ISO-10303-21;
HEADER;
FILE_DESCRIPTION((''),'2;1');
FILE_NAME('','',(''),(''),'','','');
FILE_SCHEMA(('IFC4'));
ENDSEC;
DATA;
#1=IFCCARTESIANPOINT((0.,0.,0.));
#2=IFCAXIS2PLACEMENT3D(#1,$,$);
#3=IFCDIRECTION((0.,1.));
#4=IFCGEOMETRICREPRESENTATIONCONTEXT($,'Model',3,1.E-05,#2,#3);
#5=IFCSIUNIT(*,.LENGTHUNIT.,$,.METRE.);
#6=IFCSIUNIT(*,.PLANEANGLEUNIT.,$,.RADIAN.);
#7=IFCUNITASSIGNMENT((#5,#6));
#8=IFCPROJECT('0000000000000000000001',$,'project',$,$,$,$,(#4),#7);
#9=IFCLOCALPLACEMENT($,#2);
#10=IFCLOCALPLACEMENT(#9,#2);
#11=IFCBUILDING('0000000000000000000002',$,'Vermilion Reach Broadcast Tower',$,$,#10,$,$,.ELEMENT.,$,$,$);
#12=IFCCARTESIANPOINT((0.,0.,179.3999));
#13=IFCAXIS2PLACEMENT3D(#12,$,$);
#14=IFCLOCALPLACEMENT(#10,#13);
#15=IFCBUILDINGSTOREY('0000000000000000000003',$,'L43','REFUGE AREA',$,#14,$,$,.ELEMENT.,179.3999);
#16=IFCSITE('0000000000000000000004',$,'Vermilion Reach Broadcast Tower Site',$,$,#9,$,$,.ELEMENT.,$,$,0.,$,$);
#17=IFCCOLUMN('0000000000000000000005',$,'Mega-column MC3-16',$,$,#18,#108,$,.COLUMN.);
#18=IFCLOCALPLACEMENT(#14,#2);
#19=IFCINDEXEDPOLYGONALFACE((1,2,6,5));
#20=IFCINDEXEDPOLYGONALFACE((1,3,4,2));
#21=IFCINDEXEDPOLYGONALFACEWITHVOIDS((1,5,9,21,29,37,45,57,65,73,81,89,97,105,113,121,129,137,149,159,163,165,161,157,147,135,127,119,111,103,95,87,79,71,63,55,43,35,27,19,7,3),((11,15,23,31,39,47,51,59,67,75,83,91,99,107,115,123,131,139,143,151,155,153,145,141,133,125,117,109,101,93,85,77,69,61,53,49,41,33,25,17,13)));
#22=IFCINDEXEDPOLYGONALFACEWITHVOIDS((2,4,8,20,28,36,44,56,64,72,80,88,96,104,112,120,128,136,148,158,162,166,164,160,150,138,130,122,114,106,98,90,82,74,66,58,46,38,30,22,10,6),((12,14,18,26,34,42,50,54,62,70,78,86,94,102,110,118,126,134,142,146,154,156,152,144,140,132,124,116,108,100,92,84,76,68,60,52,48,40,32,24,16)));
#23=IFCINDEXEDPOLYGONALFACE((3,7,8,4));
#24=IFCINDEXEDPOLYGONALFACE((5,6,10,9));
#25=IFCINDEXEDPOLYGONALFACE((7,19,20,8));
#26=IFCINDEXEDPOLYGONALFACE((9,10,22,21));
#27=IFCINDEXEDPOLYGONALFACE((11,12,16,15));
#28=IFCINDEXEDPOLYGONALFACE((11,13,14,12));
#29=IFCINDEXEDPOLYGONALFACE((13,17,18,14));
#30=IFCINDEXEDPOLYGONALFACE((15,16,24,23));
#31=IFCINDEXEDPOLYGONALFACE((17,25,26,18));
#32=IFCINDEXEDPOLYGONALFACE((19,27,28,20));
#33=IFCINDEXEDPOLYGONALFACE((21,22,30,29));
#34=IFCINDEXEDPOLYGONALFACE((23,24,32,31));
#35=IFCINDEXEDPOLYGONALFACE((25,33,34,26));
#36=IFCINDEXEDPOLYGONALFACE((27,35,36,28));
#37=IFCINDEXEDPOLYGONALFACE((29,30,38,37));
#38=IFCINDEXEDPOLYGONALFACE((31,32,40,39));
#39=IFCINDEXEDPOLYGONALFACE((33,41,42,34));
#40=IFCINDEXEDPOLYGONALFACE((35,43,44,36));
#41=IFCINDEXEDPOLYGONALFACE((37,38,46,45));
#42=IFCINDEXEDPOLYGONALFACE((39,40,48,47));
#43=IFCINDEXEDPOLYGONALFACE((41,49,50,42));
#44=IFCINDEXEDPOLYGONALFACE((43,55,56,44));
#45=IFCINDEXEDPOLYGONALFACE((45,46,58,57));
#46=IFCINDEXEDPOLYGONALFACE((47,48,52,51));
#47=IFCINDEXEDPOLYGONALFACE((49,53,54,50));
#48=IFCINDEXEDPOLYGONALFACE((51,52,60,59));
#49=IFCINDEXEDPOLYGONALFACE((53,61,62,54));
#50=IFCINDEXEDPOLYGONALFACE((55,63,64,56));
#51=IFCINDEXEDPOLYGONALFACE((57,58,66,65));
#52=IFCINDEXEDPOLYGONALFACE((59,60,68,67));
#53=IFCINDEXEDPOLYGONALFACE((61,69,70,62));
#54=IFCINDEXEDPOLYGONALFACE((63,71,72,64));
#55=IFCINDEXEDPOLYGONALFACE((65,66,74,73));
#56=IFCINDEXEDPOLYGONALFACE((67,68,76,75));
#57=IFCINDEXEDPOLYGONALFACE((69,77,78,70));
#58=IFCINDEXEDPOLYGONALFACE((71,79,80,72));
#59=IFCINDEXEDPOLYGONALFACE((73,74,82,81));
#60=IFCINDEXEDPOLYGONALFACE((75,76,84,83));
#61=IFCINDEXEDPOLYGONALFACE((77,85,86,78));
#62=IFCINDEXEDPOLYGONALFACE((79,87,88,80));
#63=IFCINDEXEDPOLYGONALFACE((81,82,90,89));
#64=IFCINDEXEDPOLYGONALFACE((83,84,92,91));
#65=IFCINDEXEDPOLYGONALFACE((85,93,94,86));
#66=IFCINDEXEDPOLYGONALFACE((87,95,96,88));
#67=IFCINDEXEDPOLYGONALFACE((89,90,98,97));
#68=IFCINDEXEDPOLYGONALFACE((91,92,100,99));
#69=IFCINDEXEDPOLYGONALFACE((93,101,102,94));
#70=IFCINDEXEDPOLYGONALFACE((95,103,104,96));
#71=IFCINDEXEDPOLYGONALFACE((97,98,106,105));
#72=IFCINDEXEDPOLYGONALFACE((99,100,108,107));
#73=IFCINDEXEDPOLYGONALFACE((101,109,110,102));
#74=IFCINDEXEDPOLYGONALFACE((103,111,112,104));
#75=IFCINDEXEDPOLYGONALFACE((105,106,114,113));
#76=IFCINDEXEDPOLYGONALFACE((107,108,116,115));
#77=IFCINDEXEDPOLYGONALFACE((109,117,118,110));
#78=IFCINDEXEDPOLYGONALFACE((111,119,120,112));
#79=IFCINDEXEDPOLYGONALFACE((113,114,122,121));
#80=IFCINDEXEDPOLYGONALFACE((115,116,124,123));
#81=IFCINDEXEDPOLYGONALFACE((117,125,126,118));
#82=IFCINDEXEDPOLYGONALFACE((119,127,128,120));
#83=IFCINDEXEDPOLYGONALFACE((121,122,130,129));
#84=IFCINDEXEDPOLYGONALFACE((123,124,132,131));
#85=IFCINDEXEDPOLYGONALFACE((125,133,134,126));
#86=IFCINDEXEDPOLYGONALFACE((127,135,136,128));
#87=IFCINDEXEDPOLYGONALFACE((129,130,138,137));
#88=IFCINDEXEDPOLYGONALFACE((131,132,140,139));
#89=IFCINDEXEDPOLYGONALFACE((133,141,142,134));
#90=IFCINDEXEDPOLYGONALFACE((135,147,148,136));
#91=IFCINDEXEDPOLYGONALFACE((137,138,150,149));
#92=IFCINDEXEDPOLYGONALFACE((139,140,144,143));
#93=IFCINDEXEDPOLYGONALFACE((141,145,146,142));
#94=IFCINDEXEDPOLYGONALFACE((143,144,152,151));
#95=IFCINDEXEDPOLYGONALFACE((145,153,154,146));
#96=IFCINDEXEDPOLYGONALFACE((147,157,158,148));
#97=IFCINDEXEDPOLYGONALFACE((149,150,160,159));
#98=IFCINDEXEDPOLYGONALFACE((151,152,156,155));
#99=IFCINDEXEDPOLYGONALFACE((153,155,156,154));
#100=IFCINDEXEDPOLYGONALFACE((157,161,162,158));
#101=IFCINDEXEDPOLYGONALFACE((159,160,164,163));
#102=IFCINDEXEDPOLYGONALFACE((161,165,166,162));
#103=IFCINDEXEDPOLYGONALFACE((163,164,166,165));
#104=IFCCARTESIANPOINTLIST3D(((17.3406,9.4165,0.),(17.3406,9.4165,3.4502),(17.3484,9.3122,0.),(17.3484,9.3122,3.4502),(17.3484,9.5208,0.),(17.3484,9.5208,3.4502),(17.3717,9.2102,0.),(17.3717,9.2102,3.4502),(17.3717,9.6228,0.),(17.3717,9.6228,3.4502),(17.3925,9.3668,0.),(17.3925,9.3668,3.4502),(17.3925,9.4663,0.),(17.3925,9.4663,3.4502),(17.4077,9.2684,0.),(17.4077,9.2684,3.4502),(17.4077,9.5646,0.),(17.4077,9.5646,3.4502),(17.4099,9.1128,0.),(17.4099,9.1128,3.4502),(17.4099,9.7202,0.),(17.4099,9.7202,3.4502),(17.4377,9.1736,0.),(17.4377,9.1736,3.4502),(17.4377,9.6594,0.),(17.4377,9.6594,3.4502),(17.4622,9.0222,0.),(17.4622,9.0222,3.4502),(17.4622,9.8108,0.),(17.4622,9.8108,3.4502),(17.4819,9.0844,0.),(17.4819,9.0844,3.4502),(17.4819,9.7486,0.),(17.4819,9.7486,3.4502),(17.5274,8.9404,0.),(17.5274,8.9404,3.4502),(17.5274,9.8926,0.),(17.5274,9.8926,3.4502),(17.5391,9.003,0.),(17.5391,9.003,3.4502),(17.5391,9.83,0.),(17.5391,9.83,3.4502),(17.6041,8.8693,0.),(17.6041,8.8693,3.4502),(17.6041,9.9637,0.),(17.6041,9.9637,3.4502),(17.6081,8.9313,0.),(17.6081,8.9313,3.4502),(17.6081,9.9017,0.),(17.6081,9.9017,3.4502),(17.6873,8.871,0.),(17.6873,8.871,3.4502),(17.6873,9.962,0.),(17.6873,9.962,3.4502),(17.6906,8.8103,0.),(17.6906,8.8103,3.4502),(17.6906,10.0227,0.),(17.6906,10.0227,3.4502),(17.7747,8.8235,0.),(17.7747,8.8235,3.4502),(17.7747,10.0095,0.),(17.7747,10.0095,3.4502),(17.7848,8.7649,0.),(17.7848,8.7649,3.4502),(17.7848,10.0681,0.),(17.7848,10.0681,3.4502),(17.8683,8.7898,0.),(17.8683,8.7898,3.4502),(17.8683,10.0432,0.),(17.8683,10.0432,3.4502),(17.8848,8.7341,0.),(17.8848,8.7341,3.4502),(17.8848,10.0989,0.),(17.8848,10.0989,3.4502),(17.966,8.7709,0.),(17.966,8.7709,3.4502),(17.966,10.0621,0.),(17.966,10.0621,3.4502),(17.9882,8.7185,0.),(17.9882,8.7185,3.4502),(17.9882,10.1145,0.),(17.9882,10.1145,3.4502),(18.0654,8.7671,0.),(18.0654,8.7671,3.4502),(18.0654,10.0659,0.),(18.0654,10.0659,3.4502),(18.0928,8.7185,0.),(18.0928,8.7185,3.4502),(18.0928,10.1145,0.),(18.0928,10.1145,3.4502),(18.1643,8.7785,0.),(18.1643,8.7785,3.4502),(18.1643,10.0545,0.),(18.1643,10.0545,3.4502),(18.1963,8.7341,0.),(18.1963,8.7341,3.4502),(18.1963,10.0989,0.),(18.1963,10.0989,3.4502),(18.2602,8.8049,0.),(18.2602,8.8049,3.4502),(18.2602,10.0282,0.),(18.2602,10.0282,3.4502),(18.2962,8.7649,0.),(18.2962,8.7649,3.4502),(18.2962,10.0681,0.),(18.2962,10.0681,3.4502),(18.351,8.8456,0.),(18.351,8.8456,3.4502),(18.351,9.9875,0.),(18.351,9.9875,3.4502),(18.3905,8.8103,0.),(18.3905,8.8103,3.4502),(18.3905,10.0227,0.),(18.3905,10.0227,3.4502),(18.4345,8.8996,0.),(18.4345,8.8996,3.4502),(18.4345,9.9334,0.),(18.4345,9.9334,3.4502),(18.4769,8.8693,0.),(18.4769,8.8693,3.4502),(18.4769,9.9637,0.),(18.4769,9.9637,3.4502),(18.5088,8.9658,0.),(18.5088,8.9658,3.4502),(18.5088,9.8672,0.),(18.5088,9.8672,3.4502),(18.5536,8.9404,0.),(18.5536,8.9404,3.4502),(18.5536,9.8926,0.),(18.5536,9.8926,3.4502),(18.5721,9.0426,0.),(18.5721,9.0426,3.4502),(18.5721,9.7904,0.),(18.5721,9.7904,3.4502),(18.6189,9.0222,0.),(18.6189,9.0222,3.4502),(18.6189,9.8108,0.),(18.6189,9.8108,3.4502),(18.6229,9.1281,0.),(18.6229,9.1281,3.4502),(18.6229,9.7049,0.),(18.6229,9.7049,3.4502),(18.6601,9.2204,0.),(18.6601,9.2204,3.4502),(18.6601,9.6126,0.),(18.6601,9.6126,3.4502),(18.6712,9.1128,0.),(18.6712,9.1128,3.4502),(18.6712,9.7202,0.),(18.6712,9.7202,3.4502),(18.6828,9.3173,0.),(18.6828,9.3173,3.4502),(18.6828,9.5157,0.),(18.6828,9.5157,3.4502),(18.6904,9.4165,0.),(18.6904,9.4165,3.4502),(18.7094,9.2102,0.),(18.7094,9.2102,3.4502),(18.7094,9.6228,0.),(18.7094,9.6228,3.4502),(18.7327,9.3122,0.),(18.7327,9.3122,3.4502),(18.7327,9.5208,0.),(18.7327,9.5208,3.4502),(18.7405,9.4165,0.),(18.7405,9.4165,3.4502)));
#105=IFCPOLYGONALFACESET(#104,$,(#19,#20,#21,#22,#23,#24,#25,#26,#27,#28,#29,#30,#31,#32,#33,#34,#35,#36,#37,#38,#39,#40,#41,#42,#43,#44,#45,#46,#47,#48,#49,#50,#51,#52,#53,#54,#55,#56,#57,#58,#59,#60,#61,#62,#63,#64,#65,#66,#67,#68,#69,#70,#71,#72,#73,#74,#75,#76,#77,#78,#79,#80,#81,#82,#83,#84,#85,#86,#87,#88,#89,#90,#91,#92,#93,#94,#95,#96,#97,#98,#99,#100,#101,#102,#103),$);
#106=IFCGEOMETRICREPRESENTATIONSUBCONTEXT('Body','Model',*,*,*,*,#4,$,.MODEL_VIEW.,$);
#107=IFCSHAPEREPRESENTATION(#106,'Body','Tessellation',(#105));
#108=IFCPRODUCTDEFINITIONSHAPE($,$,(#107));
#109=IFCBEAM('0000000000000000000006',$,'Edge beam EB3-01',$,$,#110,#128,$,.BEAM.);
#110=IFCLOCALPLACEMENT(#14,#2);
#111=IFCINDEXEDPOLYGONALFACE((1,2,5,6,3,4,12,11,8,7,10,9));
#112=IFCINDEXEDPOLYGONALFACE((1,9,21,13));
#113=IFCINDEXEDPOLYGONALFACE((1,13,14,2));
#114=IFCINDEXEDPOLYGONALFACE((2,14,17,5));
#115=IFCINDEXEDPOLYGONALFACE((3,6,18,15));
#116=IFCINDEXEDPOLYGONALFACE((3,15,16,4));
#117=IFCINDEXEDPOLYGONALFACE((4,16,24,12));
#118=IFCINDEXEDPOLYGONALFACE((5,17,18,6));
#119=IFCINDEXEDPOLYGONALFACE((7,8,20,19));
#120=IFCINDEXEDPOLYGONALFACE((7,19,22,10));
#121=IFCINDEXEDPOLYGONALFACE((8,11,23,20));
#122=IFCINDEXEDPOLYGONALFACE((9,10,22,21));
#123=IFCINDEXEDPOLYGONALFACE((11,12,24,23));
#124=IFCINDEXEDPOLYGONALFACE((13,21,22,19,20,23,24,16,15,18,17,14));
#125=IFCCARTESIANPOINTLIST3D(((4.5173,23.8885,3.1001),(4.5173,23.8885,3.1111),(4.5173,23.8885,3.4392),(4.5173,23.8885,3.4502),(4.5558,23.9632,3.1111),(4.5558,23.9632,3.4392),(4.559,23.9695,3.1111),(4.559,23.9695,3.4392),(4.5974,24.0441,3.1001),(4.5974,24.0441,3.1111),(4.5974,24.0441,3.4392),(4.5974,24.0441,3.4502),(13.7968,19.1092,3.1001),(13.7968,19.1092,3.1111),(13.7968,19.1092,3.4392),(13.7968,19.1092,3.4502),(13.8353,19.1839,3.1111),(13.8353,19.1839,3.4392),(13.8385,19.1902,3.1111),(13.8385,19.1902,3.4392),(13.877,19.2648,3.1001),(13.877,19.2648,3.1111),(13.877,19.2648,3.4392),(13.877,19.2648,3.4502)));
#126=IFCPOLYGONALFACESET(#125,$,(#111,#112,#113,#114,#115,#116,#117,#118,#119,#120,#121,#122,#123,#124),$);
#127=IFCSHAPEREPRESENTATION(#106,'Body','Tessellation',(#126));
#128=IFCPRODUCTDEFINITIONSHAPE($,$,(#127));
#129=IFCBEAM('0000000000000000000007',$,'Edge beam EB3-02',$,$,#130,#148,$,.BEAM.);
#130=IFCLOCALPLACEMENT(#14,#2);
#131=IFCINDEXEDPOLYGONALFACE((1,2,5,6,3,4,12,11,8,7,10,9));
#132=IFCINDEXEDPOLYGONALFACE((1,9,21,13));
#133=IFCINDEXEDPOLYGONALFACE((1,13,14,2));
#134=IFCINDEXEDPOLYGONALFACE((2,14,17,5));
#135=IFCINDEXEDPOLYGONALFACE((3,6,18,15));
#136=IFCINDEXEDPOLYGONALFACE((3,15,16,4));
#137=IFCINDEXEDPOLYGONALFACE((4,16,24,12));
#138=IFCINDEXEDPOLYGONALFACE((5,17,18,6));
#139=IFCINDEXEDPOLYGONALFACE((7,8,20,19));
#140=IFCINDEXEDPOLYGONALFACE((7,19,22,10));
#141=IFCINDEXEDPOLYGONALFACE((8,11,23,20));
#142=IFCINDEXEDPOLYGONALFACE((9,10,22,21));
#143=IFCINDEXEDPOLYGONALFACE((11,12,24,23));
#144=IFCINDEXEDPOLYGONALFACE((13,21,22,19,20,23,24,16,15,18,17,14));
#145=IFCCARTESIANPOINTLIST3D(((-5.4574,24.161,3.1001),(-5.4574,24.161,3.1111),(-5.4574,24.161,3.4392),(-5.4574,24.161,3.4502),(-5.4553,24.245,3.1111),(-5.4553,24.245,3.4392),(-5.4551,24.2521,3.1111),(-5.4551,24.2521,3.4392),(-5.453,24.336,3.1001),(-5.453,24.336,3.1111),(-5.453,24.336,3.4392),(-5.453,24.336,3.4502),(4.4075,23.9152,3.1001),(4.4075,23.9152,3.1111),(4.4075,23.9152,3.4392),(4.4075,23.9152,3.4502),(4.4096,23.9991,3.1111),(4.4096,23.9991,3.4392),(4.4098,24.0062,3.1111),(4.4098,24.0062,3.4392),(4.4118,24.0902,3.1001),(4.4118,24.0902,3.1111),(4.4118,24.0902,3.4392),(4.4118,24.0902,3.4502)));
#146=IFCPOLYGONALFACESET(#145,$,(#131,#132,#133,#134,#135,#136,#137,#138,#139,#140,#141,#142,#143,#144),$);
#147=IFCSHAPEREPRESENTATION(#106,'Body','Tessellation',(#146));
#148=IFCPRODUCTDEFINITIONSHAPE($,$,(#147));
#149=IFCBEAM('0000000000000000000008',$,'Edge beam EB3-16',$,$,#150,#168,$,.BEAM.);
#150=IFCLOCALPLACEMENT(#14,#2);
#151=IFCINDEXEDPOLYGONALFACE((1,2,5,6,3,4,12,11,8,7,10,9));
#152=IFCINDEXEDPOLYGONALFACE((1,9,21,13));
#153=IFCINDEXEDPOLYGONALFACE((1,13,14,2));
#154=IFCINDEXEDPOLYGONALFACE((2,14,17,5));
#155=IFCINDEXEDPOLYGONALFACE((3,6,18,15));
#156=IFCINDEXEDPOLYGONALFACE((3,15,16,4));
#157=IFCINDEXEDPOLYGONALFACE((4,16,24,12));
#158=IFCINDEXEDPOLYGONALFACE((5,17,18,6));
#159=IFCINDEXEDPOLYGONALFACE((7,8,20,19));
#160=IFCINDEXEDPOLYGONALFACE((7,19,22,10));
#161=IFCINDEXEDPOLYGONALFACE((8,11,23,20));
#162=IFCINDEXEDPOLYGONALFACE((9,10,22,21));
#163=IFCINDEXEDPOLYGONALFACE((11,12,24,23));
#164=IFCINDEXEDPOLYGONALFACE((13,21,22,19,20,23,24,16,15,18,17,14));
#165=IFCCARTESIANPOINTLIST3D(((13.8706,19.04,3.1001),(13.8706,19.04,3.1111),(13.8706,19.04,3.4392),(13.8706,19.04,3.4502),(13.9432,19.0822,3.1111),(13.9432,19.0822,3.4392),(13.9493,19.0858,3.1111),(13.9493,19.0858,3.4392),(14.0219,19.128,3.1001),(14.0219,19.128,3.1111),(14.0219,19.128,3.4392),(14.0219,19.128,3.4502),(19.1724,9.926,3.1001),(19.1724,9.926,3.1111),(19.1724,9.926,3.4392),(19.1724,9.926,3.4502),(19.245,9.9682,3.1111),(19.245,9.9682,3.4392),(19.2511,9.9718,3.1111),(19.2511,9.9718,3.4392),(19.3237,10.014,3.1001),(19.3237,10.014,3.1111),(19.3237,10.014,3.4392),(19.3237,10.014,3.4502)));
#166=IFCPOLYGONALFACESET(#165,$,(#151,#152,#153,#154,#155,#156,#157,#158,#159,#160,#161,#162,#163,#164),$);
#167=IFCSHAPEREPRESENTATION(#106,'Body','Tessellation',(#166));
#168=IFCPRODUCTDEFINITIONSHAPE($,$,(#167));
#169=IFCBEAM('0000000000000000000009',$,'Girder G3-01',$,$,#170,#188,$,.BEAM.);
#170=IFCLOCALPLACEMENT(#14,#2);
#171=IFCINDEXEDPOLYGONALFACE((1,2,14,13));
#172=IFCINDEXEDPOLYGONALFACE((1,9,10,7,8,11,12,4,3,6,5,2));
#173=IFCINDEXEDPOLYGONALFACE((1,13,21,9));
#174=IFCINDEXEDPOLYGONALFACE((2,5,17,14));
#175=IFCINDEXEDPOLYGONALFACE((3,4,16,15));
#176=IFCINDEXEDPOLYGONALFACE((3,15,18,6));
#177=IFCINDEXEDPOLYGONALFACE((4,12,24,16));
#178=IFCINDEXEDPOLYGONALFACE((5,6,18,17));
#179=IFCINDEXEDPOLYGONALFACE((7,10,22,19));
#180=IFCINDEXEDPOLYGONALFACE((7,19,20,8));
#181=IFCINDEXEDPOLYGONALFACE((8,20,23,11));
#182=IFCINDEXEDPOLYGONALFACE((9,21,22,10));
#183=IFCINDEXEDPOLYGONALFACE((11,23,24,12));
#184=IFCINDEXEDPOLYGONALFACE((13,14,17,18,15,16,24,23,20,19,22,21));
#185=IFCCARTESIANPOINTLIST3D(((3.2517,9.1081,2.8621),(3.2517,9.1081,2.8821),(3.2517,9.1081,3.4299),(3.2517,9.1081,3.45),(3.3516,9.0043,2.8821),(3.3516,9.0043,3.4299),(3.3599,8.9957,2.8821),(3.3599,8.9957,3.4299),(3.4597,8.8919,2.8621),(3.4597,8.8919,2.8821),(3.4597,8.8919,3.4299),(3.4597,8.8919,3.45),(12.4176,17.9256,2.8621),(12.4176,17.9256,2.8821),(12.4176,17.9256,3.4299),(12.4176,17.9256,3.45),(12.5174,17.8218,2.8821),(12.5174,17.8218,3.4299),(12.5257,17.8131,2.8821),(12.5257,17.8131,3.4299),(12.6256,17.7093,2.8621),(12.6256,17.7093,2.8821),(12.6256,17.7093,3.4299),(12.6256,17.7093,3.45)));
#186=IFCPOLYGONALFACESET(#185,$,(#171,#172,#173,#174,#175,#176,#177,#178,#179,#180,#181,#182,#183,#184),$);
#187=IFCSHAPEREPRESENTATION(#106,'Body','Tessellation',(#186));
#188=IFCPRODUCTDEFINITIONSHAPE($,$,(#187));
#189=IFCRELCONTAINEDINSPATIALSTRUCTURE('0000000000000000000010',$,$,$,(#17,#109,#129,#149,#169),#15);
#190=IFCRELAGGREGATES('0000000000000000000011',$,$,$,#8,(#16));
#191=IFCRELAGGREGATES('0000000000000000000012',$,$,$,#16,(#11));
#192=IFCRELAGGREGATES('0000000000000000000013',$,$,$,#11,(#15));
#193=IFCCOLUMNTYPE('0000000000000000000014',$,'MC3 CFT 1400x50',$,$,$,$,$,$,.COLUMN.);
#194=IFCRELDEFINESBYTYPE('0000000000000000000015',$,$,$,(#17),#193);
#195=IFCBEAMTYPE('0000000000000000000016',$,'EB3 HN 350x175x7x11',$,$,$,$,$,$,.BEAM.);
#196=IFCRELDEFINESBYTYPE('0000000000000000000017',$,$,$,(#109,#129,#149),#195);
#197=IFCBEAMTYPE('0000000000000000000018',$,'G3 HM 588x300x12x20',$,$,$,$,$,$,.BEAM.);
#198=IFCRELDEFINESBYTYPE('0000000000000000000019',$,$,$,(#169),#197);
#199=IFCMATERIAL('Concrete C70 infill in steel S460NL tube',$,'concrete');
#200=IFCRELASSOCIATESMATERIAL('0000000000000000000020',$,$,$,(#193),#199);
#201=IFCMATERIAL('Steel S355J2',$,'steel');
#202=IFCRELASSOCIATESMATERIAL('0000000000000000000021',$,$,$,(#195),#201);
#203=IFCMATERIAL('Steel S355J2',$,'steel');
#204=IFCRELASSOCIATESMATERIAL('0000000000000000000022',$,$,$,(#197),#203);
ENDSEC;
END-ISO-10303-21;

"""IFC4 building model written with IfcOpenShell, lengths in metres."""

from ifc_helpers import new_model, si_unit, direction, frame, origin, origin_2d, place, context, subcontext, project, spatial, hollow_circle, i_section, extrude, material, material_profile, profile_set, type_object, element, save


model = new_model("IFC4")

# Units and contexts
model_context = context("Model", 3, precision=1e-05, world=origin(), true_north=direction((0.0, 1.0)))
body_context = subcontext(model_context, "Body", "Model", "MODEL_VIEW")
ifc_project = project(units=[si_unit("LENGTHUNIT", "METRE"), si_unit("PLANEANGLEUNIT", "RADIAN")], contexts=[model_context])

# Site, building, storey
site_placement = place(None, origin())
site = spatial("IfcSite", under=ifc_project, at=site_placement, Name="Vermilion Reach Broadcast Tower Site", CompositionType="ELEMENT", RefElevation=0.0)
building_placement = place(site_placement, origin())
building = spatial("IfcBuilding", under=site, at=building_placement, Name="Vermilion Reach Broadcast Tower", CompositionType="ELEMENT")
storey_placement = place(building_placement, frame((0.0, 0.0, 179.3999)))
storey = spatial("IfcBuildingStorey", under=building, at=storey_placement, Name="L43", Description="REFUGE AREA", CompositionType="ELEMENT", Elevation=179.3999)

# Column
ifc_material_1 = material(Name="Concrete C70 infill in steel S460NL tube", Category="concrete")
ifc_material_profile_1 = material_profile(ifc_material_1, hollow_circle(Radius=0.7, WallThickness=0.05, at=origin_2d()), Name="Concrete C70 infill in steel S460NL tube CFT 1400x50")
ifc_profile_set_1 = profile_set([ifc_material_profile_1], Name="Concrete C70 infill in steel S460NL tube")
column_type = type_object("IfcColumnType", Name="MC3 CFT 1400x50", PredefinedType="COLUMN", material=ifc_profile_set_1)
for number, where, z_axis, x_axis, name in (
    (1, (18.0405, 9.4165, 0.0), (0.0, 0.0, 1.0), (1.0, 0.0, 0.0), "Mega-column MC3-16"),
):
    element("IfcColumn", number, at=place(storey_placement, frame(where, z_axis=z_axis, x_axis=x_axis)), inside=storey, type_object=column_type, Name=name, PredefinedType="COLUMN", context=body_context, shape_type="SweptSolid", body=[
        extrude(hollow_circle(Radius=0.7, WallThickness=0.05, at=origin_2d()), origin(), (0.0, 0.0, 1.0), 3.4502),
    ])

# Beams
ifc_material_2 = material(Name="Steel S355J2", Category="steel")
ifc_material_profile_2 = material_profile(ifc_material_2, i_section(OverallWidth=0.175, OverallDepth=0.3501, WebThickness=0.0071, FlangeThickness=0.011, at=origin_2d()), Name="S355J2 HN 350x175x7x11")
ifc_profile_set_2 = profile_set([ifc_material_profile_2], Name="Steel S355J2")
beam_type_1 = type_object("IfcBeamType", Name="EB3 HN 350x175x7x11", PredefinedType="BEAM", material=ifc_profile_set_2)
beam_1_placement = place(storey_placement, frame((13.8369, 19.187, 3.2751), z_axis=(-0.889016, 0.457875, 0.0), x_axis=(-0.457875, -0.889016, 0.0)))
element("IfcBeam", 2, at=beam_1_placement, inside=storey, type_object=beam_type_1, Name="Edge beam EB3-01", PredefinedType="BEAM", context=body_context, shape_type="SweptSolid", body=[
    extrude(i_section(OverallWidth=0.175, OverallDepth=0.3501, WebThickness=0.0071, FlangeThickness=0.011, at=origin_2d()), origin(), (0.0, 0.0, 1.0), 10.438),
])
beam_2_placement = place(storey_placement, frame((4.4097, 24.0027, 3.2751), z_axis=(-0.99969, 0.024914, 0.0), x_axis=(-0.024914, -0.99969, 0.0)))
element("IfcBeam", 3, at=beam_2_placement, inside=storey, type_object=beam_type_1, Name="Edge beam EB3-02", PredefinedType="BEAM", context=body_context, shape_type="SweptSolid", body=[
    extrude(i_section(OverallWidth=0.175, OverallDepth=0.3501, WebThickness=0.0071, FlangeThickness=0.011, at=origin_2d()), origin(), (0.0, 0.0, 1.0), 9.8679),
])
beam_3_placement = place(storey_placement, frame((19.248, 9.97, 3.2751), z_axis=(-0.502827, 0.864387, 0.0), x_axis=(-0.864387, -0.502827, 0.0)))
element("IfcBeam", 4, at=beam_3_placement, inside=storey, type_object=beam_type_1, Name="Edge beam EB3-16", PredefinedType="BEAM", context=body_context, shape_type="SweptSolid", body=[
    extrude(i_section(OverallWidth=0.175, OverallDepth=0.3501, WebThickness=0.0071, FlangeThickness=0.011, at=origin_2d()), origin(), (0.0, 0.0, 1.0), 10.5439),
])
ifc_material_3 = material(Name="Steel S355J2", Category="steel")
ifc_material_profile_3 = material_profile(ifc_material_3, i_section(OverallWidth=0.3, OverallDepth=0.5879, WebThickness=0.012, FlangeThickness=0.02, at=origin_2d()), Name="S355J2 HM 588x300x12x20")
ifc_profile_set_3 = profile_set([ifc_material_profile_3], Name="Steel S355J2")
beam_type_2 = type_object("IfcBeamType", Name="G3 HM 588x300x12x20", PredefinedType="BEAM", material=ifc_profile_set_3)
beam_4_placement = place(storey_placement, frame((3.3557, 9.0, 3.156), z_axis=(0.72067, 0.693278, 0.0), x_axis=(-0.693278, 0.72067, 0.0)))
element("IfcBeam", 5, at=beam_4_placement, inside=storey, type_object=beam_type_2, Name="Girder G3-01", PredefinedType="BEAM", context=body_context, shape_type="SweptSolid", body=[
    extrude(i_section(OverallWidth=0.3, OverallDepth=0.5879, WebThickness=0.012, FlangeThickness=0.02, at=origin_2d()), origin(), (0.0, 0.0, 1.0), 12.7185),
])

save(model, "model.ifc")
